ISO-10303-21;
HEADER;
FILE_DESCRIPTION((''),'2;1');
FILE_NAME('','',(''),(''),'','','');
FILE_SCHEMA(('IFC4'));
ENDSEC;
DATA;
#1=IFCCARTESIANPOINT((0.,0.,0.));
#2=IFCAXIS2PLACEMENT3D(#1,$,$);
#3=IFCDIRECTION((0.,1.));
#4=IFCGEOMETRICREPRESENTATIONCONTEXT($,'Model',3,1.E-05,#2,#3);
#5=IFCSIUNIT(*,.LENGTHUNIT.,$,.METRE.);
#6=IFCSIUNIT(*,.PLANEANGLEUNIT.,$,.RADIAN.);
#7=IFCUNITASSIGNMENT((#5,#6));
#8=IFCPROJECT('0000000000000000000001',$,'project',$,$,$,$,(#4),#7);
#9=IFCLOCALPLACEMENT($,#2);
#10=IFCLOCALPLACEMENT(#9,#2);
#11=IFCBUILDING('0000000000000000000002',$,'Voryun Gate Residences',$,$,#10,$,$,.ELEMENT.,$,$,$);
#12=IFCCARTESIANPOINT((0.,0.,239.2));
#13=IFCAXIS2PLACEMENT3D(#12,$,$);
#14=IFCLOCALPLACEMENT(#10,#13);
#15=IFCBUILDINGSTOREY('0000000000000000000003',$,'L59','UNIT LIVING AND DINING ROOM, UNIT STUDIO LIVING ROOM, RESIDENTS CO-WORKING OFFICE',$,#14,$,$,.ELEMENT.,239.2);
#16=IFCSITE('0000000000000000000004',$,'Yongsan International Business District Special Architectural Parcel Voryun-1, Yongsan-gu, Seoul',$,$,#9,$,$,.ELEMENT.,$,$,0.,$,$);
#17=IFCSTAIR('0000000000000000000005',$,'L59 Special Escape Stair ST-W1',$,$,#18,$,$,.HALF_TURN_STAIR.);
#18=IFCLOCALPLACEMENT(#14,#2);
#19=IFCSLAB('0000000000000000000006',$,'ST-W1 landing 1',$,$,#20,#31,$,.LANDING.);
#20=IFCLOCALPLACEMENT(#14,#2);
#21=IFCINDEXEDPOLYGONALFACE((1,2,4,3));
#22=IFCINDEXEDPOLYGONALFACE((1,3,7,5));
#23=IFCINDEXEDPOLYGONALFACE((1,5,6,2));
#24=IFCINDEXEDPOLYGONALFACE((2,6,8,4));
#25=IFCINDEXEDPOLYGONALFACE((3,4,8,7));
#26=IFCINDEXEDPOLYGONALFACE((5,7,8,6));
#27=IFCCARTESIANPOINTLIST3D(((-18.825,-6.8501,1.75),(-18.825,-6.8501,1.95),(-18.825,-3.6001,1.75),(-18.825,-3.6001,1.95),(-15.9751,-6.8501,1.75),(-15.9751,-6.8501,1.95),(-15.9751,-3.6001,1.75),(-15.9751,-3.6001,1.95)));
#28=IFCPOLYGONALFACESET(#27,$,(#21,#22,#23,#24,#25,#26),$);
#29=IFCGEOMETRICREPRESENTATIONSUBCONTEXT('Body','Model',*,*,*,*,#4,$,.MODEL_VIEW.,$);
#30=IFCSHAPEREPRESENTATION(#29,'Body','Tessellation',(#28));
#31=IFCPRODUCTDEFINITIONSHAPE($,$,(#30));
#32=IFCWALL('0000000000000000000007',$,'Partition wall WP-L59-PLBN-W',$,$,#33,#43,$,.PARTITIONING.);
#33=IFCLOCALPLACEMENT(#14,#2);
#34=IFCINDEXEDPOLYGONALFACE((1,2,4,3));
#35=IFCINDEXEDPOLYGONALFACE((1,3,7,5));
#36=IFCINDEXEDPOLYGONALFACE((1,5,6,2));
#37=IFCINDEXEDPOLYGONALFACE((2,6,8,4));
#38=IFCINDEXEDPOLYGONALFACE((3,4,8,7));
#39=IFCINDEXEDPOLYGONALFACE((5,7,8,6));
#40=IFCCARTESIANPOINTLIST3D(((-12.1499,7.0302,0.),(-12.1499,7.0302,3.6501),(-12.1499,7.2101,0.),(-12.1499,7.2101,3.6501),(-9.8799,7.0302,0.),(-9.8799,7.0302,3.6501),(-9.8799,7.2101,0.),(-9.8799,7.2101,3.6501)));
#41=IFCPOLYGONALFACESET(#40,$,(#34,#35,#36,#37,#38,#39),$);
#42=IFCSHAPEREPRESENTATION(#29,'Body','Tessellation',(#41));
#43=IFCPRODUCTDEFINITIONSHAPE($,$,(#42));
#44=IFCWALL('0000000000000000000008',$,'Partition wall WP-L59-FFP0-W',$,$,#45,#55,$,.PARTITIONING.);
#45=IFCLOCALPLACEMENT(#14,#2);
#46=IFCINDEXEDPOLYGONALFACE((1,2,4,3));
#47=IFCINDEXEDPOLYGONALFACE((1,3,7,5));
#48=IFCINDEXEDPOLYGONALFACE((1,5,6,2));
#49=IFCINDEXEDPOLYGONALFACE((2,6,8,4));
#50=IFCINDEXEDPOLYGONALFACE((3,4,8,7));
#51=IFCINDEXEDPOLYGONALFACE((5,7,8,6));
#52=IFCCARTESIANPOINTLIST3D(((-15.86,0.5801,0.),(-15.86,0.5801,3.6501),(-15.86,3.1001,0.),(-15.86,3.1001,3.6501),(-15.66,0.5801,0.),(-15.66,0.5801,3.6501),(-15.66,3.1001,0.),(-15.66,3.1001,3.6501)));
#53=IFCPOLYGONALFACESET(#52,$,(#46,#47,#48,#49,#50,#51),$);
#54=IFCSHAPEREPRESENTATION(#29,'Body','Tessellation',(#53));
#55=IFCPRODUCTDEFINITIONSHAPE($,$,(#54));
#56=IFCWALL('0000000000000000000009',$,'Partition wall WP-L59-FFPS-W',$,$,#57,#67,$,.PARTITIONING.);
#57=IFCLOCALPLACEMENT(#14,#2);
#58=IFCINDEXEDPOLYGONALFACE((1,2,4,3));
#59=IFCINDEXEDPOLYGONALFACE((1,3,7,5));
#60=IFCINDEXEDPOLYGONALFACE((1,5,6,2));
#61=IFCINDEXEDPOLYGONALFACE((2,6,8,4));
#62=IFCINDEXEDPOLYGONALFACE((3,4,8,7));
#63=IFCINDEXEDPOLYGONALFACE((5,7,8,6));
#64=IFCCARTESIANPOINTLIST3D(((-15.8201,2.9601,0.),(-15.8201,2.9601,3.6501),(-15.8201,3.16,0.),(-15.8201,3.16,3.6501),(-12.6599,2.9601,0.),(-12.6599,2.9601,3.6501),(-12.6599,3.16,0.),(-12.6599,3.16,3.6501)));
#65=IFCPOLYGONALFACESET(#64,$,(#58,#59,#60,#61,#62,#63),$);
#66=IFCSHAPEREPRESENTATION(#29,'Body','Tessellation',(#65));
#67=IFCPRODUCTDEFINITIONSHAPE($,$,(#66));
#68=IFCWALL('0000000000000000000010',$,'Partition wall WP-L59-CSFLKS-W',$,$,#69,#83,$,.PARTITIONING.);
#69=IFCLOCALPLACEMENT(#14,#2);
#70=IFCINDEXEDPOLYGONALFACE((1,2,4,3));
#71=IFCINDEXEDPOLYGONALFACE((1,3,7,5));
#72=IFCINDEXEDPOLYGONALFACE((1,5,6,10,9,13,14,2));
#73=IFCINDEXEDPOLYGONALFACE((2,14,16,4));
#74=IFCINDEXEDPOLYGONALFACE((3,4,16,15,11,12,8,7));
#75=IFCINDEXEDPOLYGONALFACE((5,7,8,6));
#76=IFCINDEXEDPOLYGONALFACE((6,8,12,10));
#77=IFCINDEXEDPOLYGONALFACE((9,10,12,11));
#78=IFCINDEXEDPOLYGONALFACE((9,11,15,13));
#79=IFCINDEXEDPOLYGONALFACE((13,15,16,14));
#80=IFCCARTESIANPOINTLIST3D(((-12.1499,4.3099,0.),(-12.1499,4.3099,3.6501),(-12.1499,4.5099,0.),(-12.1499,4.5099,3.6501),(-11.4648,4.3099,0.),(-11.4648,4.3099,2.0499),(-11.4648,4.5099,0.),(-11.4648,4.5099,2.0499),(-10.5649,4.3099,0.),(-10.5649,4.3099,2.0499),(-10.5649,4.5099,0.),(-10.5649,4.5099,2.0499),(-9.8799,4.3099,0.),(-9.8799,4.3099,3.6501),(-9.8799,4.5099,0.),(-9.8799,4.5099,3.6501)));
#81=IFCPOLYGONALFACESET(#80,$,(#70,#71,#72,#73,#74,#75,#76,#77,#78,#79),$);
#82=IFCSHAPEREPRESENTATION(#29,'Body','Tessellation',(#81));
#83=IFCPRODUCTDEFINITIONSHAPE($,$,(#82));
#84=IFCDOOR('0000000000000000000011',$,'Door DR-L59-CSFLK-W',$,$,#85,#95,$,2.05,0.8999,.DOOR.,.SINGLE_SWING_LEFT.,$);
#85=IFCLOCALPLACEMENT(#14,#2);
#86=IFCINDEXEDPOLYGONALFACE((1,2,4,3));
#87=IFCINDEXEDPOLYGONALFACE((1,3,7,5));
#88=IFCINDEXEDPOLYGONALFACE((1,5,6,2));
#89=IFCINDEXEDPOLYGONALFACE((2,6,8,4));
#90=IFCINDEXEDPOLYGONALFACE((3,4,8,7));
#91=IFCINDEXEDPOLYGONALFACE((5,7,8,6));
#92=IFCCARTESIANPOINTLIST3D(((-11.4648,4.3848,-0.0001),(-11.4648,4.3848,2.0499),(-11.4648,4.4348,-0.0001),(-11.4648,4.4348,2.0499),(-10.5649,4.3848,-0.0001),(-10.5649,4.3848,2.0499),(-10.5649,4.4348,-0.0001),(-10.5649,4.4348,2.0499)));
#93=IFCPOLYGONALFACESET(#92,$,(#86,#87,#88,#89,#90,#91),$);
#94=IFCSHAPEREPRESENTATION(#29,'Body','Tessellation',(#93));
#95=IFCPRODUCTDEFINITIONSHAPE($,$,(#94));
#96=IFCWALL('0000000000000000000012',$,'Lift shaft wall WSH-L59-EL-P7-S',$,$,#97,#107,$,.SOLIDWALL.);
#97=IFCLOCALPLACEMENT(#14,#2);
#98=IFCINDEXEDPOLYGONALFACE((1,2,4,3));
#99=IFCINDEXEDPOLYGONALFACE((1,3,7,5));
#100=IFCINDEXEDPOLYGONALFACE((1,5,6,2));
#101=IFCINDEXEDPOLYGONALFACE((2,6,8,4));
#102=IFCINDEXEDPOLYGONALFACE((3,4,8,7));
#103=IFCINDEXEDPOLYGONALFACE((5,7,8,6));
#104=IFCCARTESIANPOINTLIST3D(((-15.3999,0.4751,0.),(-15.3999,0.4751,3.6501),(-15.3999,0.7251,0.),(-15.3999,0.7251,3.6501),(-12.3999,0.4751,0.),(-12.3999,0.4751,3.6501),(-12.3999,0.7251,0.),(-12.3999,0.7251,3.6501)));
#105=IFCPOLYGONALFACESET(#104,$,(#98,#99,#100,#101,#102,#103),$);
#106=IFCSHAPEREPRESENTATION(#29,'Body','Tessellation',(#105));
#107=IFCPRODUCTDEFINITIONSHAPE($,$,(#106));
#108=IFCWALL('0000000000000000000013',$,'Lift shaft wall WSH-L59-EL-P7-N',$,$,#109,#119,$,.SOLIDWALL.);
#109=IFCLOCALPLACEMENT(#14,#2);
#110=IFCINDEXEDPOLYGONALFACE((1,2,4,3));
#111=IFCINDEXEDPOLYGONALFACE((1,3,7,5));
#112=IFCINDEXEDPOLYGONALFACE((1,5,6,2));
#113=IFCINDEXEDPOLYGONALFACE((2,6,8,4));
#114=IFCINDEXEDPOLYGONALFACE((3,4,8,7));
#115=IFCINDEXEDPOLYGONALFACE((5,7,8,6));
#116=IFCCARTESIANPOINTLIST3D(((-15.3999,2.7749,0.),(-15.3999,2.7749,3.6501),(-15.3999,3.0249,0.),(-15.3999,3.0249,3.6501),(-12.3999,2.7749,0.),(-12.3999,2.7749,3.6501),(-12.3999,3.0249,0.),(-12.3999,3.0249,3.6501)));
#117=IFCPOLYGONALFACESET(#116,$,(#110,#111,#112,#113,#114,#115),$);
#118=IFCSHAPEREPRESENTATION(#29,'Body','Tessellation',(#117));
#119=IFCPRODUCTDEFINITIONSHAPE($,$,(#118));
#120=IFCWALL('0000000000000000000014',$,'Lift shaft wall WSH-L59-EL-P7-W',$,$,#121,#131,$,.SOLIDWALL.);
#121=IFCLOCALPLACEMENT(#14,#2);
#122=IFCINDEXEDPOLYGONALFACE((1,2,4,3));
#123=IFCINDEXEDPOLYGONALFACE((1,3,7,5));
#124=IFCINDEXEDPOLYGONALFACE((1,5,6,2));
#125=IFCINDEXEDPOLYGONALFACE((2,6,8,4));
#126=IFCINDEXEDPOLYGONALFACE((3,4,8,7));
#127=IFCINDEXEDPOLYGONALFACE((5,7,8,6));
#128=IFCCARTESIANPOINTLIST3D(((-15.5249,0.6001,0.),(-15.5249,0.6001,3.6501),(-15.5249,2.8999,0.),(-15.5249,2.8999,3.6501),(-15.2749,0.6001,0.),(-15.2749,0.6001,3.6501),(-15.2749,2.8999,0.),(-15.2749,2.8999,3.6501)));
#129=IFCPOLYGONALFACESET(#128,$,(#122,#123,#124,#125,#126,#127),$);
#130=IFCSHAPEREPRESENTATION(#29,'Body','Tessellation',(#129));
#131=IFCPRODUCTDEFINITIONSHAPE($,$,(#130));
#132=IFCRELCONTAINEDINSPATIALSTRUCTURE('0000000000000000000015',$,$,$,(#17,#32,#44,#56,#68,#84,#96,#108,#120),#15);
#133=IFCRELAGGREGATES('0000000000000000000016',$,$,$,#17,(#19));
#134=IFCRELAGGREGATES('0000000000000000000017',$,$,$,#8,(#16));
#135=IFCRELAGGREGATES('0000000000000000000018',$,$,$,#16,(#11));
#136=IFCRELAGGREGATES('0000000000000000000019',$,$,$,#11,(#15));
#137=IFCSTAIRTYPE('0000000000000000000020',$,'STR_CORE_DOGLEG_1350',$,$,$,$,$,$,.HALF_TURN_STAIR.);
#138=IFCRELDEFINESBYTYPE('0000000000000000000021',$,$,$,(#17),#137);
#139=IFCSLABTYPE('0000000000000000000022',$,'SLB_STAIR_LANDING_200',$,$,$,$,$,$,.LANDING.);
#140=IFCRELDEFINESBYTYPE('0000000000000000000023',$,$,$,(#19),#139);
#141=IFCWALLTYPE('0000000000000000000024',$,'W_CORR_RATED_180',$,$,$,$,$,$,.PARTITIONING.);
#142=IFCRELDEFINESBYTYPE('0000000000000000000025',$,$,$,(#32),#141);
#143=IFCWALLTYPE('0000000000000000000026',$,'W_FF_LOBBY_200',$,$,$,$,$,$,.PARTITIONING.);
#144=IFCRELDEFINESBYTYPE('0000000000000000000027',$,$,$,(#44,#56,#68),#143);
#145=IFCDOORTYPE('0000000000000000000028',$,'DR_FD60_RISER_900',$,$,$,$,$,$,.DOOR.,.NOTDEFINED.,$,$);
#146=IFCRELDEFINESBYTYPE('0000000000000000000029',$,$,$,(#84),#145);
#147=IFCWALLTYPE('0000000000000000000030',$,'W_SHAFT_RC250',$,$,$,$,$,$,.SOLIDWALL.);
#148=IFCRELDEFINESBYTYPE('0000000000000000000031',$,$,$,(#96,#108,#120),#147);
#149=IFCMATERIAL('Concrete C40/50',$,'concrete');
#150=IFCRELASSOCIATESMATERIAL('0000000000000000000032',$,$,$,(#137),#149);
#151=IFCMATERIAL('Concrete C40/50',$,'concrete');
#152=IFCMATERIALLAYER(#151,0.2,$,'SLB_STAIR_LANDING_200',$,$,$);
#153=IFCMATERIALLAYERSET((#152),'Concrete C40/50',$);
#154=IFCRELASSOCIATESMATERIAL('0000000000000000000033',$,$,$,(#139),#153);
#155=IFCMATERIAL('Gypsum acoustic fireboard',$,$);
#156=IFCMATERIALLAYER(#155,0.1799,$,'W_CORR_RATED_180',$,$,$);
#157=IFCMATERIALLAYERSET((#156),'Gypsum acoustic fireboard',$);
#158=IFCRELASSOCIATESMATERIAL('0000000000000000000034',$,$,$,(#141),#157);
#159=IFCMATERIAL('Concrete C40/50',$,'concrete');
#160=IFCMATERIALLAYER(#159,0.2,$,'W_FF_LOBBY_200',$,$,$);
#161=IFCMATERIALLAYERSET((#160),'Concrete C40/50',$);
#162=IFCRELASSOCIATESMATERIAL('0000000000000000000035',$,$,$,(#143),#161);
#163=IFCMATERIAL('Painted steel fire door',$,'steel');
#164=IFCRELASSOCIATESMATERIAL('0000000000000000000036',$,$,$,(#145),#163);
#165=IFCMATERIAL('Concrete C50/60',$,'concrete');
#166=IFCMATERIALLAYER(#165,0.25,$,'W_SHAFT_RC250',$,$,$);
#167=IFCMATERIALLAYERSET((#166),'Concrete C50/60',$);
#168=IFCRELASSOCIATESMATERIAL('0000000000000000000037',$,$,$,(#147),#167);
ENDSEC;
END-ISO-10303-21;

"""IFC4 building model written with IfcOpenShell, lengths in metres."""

from ifc_helpers import new_model, si_unit, direction, frame, frame_2d, origin, place, context, subcontext, project, spatial, polyline, rectangle, outline, extrude, material, layer, layer_set, type_object, element, fill, aggregate, save


model = new_model("IFC4")

# Units and contexts
model_context = context("Model", 3, precision=1e-05, world=origin(), true_north=direction((0.0, 1.0)))
body_context = subcontext(model_context, "Body", "Model", "MODEL_VIEW")
ifc_project = project(units=[si_unit("LENGTHUNIT", "METRE"), si_unit("PLANEANGLEUNIT", "RADIAN")], contexts=[model_context])

# Site, building, storey
site_placement = place(None, origin())
site = spatial("IfcSite", under=ifc_project, at=site_placement, Name="Yongsan International Business District Special Architectural Parcel Voryun-1, Yongsan-gu, Seoul", CompositionType="ELEMENT", RefElevation=0.0)
building_placement = place(site_placement, origin())
building = spatial("IfcBuilding", under=site, at=building_placement, Name="Voryun Gate Residences", CompositionType="ELEMENT")
storey_placement = place(building_placement, frame((0.0, 0.0, 239.2)))
storey = spatial("IfcBuildingStorey", under=building, at=storey_placement, Name="L59", Description="UNIT LIVING AND DINING ROOM, UNIT STUDIO LIVING ROOM, RESIDENTS CO-WORKING OFFICE", CompositionType="ELEMENT", Elevation=239.2)

# Stair, slab
ifc_material_1 = material(Name="Concrete C40/50", Category="concrete")
stair_type = type_object("IfcStairType", Name="STR_CORE_DOGLEG_1350", PredefinedType="HALF_TURN_STAIR", material=ifc_material_1)
stair_placement = place(storey_placement, origin())
stair = element("IfcStair", 1, at=stair_placement, inside=storey, type_object=stair_type, Name="L59 Special Escape Stair ST-W1", PredefinedType="HALF_TURN_STAIR")
ifc_material_2 = material(Name="Concrete C40/50", Category="concrete")
ifc_layer_1 = layer(ifc_material_2, 0.2, Name="SLB_STAIR_LANDING_200")
ifc_layer_set_1 = layer_set([ifc_layer_1], Name="Concrete C40/50")
slab_type = type_object("IfcSlabType", Name="SLB_STAIR_LANDING_200", PredefinedType="LANDING", material=ifc_layer_set_1)
slab_placement = place(storey_placement, frame((0.0, 0.0, 1.75)))
slab = element("IfcSlab", 2, at=slab_placement, type_object=slab_type, Name="ST-W1 landing 1", PredefinedType="LANDING", context=body_context, shape_type="SweptSolid", body=[
    extrude(outline(polyline([(-18.825, -3.6001), (-18.825, -6.8501), (-15.9751, -6.8501), (-15.9751, -3.6001), (-18.825, -3.6001)])), origin(), (0.0, 0.0, 1.0), 0.2),
])
aggregate(stair, [slab])

# Walls
ifc_material_3 = material(Name="Gypsum acoustic fireboard")
ifc_layer_2 = layer(ifc_material_3, 0.1799, Name="W_CORR_RATED_180")
ifc_layer_set_2 = layer_set([ifc_layer_2], Name="Gypsum acoustic fireboard")
wall_type_1 = type_object("IfcWallType", Name="W_CORR_RATED_180", PredefinedType="PARTITIONING", material=ifc_layer_set_2)
wall_1_placement = place(storey_placement, frame((-12.1499, 7.1201, 0.0), z_axis=(0.0, 0.0, 1.0), x_axis=(1.0, 0.0, 0.0)))
element("IfcWall", 3, at=wall_1_placement, inside=storey, type_object=wall_type_1, Name="Partition wall WP-L59-PLBN-W", PredefinedType="PARTITIONING", context=body_context, shape_type="SweptSolid", body=[
    extrude(rectangle(XDim=2.27, YDim=0.1799, at=frame_2d((1.135, 0.0))), origin(), (0.0, 0.0, 1.0), 3.6501),
])
ifc_material_4 = material(Name="Concrete C40/50", Category="concrete")
ifc_layer_3 = layer(ifc_material_4, 0.2, Name="W_FF_LOBBY_200")
ifc_layer_set_3 = layer_set([ifc_layer_3], Name="Concrete C40/50")
wall_type_2 = type_object("IfcWallType", Name="W_FF_LOBBY_200", PredefinedType="PARTITIONING", material=ifc_layer_set_3)
wall_2_placement = place(storey_placement, frame((-15.76, 0.5801, 0.0), z_axis=(0.0, 0.0, 1.0), x_axis=(0.0, 1.0, 0.0)))
element("IfcWall", 4, at=wall_2_placement, inside=storey, type_object=wall_type_2, Name="Partition wall WP-L59-FFP0-W", PredefinedType="PARTITIONING", context=body_context, shape_type="SweptSolid", body=[
    extrude(rectangle(XDim=2.52, YDim=0.2, at=frame_2d((1.26, 0.0))), origin(), (0.0, 0.0, 1.0), 3.6501),
])
wall_3_placement = place(storey_placement, frame((-15.8201, 3.0601, 0.0), z_axis=(0.0, 0.0, 1.0), x_axis=(1.0, 0.0, 0.0)))
element("IfcWall", 5, at=wall_3_placement, inside=storey, type_object=wall_type_2, Name="Partition wall WP-L59-FFPS-W", PredefinedType="PARTITIONING", context=body_context, shape_type="SweptSolid", body=[
    extrude(rectangle(XDim=3.1602, YDim=0.2, at=frame_2d((1.5801, 0.0))), origin(), (0.0, 0.0, 1.0), 3.6501),
])

# Wall, opening, door
wall_4_placement = place(storey_placement, frame((-12.1499, 4.4099, 0.0), z_axis=(0.0, 0.0, 1.0), x_axis=(1.0, 0.0, 0.0)))
wall_4 = element("IfcWall", 6, at=wall_4_placement, inside=storey, type_object=wall_type_2, Name="Partition wall WP-L59-CSFLKS-W", PredefinedType="PARTITIONING", context=body_context, shape_type="SweptSolid", body=[
    extrude(rectangle(XDim=2.27, YDim=0.2, at=frame_2d((1.135, 0.0))), origin(), (0.0, 0.0, 1.0), 3.6501),
])
opening_placement = place(wall_4_placement, frame((0.6851, 0.0, 0.0)))
opening = element("IfcOpeningElement", 7, at=opening_placement, cuts=wall_4, PredefinedType="OPENING", context=body_context, shape_type="SweptSolid", body=[
    extrude(rectangle(XDim=0.8999, YDim=2.05, at=frame_2d((0.45, 1.0249))), frame((0.0, 0.1101, 0.0), z_axis=(0.0, -1.0, 0.0), x_axis=(1.0, 0.0, 0.0)), (0.0, 0.0, 1.0), 0.22),
])
ifc_material_5 = material(Name="Painted steel fire door", Category="steel")
door_type = type_object("IfcDoorType", Name="DR_FD60_RISER_900", OperationType="NOTDEFINED", PredefinedType="DOOR", material=ifc_material_5)
door_placement = place(opening_placement, origin())
door = element("IfcDoor", 8, at=door_placement, inside=storey, type_object=door_type, Name="Door DR-L59-CSFLK-W", OperationType="SINGLE_SWING_LEFT", OverallHeight=2.05, OverallWidth=0.8999, PredefinedType="DOOR", context=body_context, shape_type="SweptSolid", body=[
    extrude(rectangle(XDim=0.8999, YDim=2.05, at=frame_2d((0.45, 1.0249))), frame((0.0, 0.0249, 0.0), z_axis=(0.0, -1.0, 0.0), x_axis=(1.0, 0.0, 0.0)), (0.0, 0.0, 1.0), 0.05),
])
fill(opening, door)

# Walls
ifc_material_6 = material(Name="Concrete C50/60", Category="concrete")
ifc_layer_4 = layer(ifc_material_6, 0.25, Name="W_SHAFT_RC250")
ifc_layer_set_4 = layer_set([ifc_layer_4], Name="Concrete C50/60")
wall_type_3 = type_object("IfcWallType", Name="W_SHAFT_RC250", PredefinedType="SOLIDWALL", material=ifc_layer_set_4)
for number, where, z_axis, x_axis, name in (
    (9, (-15.3999, 0.6001, 0.0), (0.0, 0.0, 1.0), (1.0, 0.0, 0.0), "Lift shaft wall WSH-L59-EL-P7-S"),
    (10, (-12.3999, 2.8999, 0.0), (0.0, 0.0, 1.0), (-1.0, 0.0, 0.0), "Lift shaft wall WSH-L59-EL-P7-N"),
):
    element("IfcWall", number, at=place(storey_placement, frame(where, z_axis=z_axis, x_axis=x_axis)), inside=storey, type_object=wall_type_3, Name=name, PredefinedType="SOLIDWALL", context=body_context, shape_type="SweptSolid", body=[
        extrude(rectangle(XDim=3.0, YDim=0.25, at=frame_2d((1.5, 0.0))), origin(), (0.0, 0.0, 1.0), 3.6501),
    ])
wall_5_placement = place(storey_placement, frame((-15.3999, 2.8999, 0.0), z_axis=(0.0, 0.0, 1.0), x_axis=(0.0, -1.0, 0.0)))
element("IfcWall", 11, at=wall_5_placement, inside=storey, type_object=wall_type_3, Name="Lift shaft wall WSH-L59-EL-P7-W", PredefinedType="SOLIDWALL", context=body_context, shape_type="SweptSolid", body=[
    extrude(rectangle(XDim=2.2998, YDim=0.25, at=frame_2d((1.1499, 0.0))), origin(), (0.0, 0.0, 1.0), 3.6501),
])

save(model, "model.ifc")
